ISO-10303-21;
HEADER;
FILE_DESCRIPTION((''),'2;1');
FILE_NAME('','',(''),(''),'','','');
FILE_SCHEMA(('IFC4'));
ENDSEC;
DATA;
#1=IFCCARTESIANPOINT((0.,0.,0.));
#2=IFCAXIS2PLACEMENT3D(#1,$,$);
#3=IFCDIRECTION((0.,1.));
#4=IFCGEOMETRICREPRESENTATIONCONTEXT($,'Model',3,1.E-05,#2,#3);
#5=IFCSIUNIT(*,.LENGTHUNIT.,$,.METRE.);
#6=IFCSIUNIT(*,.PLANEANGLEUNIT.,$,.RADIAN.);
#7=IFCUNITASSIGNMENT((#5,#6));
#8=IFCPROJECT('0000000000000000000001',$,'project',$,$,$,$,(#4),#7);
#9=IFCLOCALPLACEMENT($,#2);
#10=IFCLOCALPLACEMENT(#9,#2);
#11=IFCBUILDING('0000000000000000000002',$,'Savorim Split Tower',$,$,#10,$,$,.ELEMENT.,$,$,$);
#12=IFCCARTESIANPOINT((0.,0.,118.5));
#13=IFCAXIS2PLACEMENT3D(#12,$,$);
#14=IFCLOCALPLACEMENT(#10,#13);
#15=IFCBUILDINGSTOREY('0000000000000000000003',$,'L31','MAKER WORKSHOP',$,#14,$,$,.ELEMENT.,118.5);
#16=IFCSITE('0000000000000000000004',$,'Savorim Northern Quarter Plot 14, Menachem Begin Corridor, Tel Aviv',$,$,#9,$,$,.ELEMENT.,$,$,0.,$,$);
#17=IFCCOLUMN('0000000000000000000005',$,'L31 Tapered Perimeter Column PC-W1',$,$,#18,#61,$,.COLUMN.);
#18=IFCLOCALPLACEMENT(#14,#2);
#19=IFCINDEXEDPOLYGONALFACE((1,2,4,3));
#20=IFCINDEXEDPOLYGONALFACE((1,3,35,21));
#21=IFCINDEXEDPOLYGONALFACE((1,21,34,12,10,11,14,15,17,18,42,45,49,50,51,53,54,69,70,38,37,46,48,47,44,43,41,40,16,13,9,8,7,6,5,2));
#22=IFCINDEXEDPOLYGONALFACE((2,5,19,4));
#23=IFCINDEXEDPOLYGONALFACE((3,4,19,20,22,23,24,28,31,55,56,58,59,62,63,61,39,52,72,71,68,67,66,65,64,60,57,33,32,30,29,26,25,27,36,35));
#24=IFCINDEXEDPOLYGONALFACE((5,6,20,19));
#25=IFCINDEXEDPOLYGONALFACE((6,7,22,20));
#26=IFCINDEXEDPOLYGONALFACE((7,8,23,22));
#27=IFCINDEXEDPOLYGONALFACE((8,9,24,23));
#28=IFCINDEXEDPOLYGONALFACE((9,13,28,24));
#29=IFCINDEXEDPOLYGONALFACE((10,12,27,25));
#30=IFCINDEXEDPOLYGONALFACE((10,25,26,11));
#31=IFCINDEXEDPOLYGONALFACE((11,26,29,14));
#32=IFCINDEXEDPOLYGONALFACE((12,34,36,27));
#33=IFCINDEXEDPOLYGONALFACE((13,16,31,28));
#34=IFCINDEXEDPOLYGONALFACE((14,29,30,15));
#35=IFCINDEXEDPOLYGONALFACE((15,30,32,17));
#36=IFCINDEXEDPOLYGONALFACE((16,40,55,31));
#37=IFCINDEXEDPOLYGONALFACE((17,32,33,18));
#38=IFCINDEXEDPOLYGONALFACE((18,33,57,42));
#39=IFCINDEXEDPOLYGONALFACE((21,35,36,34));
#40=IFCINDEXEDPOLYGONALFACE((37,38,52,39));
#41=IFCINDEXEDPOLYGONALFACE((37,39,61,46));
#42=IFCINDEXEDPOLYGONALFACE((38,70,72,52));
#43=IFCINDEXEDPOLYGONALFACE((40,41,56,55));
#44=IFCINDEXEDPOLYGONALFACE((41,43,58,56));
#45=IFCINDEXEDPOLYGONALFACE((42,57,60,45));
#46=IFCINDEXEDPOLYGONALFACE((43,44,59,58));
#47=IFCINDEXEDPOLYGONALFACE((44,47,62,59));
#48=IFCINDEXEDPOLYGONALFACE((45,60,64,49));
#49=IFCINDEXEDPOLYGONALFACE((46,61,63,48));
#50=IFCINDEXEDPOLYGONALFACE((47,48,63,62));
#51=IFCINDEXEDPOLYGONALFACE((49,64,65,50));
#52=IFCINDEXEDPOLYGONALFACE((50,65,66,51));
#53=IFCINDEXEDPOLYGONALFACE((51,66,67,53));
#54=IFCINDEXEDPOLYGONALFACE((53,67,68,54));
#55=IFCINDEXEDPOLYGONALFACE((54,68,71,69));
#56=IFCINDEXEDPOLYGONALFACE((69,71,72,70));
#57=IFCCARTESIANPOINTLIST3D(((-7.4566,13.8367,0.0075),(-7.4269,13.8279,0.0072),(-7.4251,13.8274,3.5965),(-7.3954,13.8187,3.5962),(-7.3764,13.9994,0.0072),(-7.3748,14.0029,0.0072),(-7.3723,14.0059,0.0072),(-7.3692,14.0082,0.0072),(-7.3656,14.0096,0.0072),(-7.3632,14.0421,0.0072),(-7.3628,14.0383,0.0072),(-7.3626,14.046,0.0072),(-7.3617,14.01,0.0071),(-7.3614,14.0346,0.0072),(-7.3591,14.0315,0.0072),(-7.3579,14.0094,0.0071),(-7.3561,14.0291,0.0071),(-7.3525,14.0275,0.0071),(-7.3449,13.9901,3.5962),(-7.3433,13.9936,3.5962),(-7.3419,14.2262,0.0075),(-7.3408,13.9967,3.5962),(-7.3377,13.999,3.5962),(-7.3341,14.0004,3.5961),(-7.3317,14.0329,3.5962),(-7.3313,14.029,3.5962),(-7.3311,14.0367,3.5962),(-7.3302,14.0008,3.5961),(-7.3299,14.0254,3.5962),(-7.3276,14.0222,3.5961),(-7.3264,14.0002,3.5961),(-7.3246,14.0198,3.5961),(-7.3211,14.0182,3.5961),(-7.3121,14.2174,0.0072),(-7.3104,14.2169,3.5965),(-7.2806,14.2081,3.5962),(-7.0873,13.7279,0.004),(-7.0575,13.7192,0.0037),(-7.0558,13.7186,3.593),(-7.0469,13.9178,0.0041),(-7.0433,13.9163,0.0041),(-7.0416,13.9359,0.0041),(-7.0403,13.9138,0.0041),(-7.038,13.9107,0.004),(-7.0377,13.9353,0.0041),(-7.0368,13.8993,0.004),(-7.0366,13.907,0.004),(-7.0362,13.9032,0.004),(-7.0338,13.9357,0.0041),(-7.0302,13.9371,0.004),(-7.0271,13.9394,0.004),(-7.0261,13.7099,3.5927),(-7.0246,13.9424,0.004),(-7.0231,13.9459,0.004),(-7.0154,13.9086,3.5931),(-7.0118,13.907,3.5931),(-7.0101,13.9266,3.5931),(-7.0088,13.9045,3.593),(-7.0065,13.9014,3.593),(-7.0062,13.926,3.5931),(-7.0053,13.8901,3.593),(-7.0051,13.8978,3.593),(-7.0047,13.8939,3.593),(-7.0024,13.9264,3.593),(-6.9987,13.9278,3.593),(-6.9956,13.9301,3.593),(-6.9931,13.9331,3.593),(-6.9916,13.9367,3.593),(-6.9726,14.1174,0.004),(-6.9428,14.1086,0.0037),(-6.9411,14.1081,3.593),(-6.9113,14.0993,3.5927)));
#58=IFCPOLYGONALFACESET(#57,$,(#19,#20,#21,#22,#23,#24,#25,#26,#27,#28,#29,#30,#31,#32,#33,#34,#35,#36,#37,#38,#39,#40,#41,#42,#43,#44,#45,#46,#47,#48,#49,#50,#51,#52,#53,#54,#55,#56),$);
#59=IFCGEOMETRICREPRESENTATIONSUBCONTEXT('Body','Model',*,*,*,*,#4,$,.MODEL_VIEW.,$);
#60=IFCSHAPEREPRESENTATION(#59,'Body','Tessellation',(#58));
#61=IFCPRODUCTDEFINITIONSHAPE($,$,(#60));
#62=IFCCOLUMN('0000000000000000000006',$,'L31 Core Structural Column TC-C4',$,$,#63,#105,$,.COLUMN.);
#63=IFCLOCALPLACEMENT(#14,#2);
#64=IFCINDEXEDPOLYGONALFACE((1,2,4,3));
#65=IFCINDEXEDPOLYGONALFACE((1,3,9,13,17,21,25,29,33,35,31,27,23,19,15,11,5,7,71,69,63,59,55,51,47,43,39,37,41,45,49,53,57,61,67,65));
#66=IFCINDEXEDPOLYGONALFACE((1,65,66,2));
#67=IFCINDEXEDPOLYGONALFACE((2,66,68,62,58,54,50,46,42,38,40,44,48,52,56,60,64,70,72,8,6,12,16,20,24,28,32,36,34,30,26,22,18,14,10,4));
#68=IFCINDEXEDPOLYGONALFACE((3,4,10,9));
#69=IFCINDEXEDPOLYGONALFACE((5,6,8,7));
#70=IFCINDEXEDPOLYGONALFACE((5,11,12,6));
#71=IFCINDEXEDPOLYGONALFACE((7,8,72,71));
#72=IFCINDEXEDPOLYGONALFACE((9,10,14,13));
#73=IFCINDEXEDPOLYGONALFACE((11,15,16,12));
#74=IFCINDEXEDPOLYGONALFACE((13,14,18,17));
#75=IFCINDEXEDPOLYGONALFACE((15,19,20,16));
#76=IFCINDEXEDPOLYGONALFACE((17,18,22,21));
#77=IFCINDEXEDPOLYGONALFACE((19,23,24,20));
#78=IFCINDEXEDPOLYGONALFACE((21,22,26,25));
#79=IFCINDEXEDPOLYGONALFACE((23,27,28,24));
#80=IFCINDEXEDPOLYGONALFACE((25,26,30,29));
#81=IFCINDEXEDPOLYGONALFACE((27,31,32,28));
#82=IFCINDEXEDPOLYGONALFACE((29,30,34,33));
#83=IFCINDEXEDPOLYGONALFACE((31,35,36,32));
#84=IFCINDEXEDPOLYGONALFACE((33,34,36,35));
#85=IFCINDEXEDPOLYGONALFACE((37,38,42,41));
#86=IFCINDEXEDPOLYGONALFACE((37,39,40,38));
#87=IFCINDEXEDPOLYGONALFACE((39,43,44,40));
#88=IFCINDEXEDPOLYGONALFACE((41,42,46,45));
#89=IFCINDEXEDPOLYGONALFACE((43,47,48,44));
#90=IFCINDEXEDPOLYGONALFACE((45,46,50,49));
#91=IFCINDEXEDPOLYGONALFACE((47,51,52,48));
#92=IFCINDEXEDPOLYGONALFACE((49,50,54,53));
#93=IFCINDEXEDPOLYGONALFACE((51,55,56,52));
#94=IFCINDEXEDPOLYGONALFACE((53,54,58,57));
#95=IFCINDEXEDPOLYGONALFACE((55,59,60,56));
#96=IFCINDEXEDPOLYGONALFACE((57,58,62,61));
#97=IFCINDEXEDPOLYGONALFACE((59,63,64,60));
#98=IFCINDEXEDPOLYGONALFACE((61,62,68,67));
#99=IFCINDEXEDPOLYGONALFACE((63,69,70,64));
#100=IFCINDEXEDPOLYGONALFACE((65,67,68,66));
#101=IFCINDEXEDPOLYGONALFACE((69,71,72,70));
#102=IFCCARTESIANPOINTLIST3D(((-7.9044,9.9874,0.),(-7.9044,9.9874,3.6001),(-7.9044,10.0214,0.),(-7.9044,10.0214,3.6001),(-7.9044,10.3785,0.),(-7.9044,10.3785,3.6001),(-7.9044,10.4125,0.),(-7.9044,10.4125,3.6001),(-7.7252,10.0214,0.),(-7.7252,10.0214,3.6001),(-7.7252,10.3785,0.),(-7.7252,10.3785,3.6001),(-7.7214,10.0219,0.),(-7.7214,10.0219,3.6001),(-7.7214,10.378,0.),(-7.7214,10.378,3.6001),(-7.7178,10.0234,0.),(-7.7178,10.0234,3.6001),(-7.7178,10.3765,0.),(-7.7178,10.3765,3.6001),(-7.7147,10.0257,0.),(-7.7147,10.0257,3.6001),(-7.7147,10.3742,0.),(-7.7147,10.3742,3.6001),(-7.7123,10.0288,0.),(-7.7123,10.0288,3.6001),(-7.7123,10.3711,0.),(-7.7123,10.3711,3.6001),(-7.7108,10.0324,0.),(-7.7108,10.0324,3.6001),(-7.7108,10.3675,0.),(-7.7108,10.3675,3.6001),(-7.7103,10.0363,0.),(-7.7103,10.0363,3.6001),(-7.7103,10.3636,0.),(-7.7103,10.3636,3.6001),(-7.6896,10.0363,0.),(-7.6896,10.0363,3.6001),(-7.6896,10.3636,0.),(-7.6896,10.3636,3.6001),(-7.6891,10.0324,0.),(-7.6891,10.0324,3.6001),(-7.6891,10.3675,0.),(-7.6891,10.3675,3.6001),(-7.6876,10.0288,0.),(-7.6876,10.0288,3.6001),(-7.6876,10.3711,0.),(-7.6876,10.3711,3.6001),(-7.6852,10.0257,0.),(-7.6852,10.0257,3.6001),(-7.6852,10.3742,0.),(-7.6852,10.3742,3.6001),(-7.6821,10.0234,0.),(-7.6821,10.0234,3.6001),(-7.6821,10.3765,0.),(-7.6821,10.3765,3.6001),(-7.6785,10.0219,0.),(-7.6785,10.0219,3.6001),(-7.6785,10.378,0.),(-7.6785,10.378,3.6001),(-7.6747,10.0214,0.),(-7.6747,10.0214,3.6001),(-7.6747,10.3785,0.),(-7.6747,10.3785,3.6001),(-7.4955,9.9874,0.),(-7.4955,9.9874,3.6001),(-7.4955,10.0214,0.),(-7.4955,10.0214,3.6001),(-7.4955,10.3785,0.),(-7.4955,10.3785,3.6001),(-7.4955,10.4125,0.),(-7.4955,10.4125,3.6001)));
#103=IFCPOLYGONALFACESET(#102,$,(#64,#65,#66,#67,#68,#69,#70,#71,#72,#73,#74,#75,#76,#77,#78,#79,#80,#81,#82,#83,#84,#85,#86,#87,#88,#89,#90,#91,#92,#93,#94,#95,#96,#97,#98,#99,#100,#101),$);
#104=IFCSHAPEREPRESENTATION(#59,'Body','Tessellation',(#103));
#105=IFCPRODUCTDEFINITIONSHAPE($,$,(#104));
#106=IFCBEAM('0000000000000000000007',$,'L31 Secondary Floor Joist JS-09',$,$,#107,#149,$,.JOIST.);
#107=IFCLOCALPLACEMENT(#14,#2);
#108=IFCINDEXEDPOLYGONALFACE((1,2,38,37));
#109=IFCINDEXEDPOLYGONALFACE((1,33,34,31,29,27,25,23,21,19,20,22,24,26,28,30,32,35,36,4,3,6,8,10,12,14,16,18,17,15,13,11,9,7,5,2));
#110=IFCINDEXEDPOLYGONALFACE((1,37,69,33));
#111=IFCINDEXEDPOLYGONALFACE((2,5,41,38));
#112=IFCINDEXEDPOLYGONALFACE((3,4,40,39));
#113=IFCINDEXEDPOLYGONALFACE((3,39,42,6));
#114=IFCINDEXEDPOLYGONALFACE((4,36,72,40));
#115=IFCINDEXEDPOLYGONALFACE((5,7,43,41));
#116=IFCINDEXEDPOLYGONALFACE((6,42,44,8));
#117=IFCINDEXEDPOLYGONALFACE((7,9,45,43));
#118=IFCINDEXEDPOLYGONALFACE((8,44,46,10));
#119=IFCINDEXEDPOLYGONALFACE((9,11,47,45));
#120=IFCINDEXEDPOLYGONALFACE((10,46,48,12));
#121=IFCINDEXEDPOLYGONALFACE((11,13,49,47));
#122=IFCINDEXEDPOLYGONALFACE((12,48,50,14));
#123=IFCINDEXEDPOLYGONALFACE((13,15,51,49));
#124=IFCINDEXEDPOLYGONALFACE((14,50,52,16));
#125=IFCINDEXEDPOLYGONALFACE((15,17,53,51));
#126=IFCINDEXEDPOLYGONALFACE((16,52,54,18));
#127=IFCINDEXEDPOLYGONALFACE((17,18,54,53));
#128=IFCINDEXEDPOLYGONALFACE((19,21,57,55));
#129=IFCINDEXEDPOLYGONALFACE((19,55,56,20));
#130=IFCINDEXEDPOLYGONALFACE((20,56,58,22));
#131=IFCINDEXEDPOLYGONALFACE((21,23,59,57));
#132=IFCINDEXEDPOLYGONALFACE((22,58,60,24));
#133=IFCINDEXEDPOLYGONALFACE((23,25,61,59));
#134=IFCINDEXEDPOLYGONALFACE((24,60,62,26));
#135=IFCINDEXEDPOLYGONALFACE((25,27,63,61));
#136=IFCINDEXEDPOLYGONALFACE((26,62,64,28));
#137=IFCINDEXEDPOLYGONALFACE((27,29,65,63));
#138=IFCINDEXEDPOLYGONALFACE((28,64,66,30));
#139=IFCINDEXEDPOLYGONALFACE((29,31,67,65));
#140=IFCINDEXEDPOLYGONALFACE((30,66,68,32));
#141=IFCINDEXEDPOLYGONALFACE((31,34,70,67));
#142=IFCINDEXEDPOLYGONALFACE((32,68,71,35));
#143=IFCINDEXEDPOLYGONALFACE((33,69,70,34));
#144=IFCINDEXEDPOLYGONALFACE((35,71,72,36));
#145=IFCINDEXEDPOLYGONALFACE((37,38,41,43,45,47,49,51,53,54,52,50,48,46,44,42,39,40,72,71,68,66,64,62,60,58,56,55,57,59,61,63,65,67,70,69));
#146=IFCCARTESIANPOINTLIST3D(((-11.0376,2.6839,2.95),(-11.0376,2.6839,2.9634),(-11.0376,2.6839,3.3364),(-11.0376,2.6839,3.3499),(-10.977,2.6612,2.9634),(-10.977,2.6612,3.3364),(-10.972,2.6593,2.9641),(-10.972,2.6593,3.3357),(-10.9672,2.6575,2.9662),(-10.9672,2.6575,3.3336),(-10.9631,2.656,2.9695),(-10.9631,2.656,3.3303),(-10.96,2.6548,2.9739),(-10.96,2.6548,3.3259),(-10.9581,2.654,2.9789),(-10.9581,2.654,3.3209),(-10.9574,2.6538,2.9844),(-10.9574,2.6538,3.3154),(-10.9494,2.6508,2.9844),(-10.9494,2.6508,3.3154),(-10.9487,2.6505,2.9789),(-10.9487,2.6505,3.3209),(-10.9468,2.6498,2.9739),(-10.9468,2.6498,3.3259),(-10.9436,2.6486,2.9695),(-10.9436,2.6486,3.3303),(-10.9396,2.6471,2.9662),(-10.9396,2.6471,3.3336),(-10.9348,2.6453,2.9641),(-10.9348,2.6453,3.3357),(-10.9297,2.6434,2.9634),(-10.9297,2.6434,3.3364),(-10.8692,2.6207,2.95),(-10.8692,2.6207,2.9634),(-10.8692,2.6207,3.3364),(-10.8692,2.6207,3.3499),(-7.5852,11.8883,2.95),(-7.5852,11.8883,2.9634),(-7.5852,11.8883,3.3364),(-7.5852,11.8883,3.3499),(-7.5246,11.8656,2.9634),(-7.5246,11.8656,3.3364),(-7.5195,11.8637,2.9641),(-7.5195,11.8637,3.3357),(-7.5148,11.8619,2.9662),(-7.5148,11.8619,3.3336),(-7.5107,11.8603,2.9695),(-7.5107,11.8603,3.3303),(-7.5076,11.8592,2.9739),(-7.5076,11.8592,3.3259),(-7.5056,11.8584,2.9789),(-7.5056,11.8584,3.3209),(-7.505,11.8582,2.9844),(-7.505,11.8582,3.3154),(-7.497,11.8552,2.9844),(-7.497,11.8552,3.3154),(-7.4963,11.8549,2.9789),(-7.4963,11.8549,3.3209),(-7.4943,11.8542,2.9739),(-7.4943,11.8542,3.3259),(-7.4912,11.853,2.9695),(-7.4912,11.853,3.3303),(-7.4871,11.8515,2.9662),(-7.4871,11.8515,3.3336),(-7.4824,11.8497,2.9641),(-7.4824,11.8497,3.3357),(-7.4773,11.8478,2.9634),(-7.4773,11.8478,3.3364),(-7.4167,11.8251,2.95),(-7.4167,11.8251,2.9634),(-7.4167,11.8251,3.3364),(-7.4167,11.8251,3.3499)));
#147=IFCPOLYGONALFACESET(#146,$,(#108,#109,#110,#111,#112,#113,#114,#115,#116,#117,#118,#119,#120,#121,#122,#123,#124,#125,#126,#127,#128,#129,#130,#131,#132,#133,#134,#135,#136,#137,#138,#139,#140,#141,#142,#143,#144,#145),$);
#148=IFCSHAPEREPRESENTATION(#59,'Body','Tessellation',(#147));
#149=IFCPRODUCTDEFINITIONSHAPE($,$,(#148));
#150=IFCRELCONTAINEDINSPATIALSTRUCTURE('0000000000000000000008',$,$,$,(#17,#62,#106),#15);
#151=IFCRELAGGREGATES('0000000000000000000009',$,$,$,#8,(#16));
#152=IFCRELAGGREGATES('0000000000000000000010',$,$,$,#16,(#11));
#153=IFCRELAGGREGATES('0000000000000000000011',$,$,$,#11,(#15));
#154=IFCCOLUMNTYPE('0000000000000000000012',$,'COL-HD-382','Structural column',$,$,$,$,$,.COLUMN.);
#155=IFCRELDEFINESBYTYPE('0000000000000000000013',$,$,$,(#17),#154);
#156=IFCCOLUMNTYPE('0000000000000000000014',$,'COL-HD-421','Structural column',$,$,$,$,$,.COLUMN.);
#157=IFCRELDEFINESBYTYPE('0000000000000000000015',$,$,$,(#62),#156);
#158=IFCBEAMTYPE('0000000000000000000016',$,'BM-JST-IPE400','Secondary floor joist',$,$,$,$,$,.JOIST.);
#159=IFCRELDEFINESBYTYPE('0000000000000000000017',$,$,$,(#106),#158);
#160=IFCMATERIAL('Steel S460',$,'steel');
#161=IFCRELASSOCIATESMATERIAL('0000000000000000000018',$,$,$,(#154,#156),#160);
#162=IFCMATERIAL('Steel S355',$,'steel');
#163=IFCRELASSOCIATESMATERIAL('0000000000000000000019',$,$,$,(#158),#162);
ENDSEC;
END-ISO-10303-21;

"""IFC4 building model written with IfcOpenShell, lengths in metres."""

from ifc_helpers import new_model, si_unit, direction, frame, origin, origin_2d, place, context, subcontext, project, spatial, i_section, extrude, material, material_profile, profile_set, type_object, element, save


model = new_model("IFC4")

# Units and contexts
model_context = context("Model", 3, precision=1e-05, world=origin(), true_north=direction((0.0, 1.0)))
body_context = subcontext(model_context, "Body", "Model", "MODEL_VIEW")
ifc_project = project(units=[si_unit("LENGTHUNIT", "METRE"), si_unit("PLANEANGLEUNIT", "RADIAN")], contexts=[model_context])

# Site, building, storey
site_placement = place(None, origin())
site = spatial("IfcSite", under=ifc_project, at=site_placement, Name="Savorim Northern Quarter Plot 14, Menachem Begin Corridor, Tel Aviv", CompositionType="ELEMENT", RefElevation=0.0)
building_placement = place(site_placement, origin())
building = spatial("IfcBuilding", under=site, at=building_placement, Name="Savorim Split Tower", CompositionType="ELEMENT")
storey_placement = place(building_placement, frame((0.0, 0.0, 118.5)))
storey = spatial("IfcBuildingStorey", under=building, at=storey_placement, Name="L31", Description="MAKER WORKSHOP", CompositionType="ELEMENT", Elevation=118.5)

# Columns
ifc_material_1 = material(Name="Steel S460", Category="steel")
ifc_material_profile_1 = material_profile(ifc_material_1, i_section(OverallWidth=0.406, OverallDepth=0.416, WebThickness=0.0188, FlangeThickness=0.031, FilletRadius=0.0149, at=origin_2d()), Name="HD 400x382")
ifc_profile_set_1 = profile_set([ifc_material_profile_1], Name="Steel S460")
column_type_1 = type_object("IfcColumnType", Name="COL-HD-382", Description="Structural column", PredefinedType="COLUMN", material=ifc_profile_set_1)
column_1_placement = place(storey_placement, frame((-7.1997, 13.9727, 0.0056), z_axis=(0.008775, -0.002585, 0.999958), x_axis=(0.282569, 0.959247, 0.0)))
element("IfcColumn", 1, at=column_1_placement, inside=storey, type_object=column_type_1, Name="L31 Tapered Perimeter Column PC-W1", PredefinedType="COLUMN", context=body_context, shape_type="SweptSolid", body=[
    extrude(i_section(OverallWidth=0.406, OverallDepth=0.416, WebThickness=0.0188, FlangeThickness=0.031, FilletRadius=0.0149, at=origin_2d()), origin(), (0.0, 0.0, 1.0), 3.5891),
])
ifc_material_profile_2 = material_profile(ifc_material_1, i_section(OverallWidth=0.4089, OverallDepth=0.425, WebThickness=0.0208, FlangeThickness=0.0339, FilletRadius=0.0149, at=origin_2d()), Name="HD 400x421")
ifc_profile_set_2 = profile_set([ifc_material_profile_2], Name="Steel S460")
column_type_2 = type_object("IfcColumnType", Name="COL-HD-421", Description="Structural column", PredefinedType="COLUMN", material=ifc_profile_set_2)
column_2_placement = place(storey_placement, frame((-7.7, 10.2, 0.0), z_axis=(0.0, 0.0, 1.0), x_axis=(1.0, 0.0, 0.0)))
element("IfcColumn", 2, at=column_2_placement, inside=storey, type_object=column_type_2, Name="L31 Core Structural Column TC-C4", PredefinedType="COLUMN", context=body_context, shape_type="SweptSolid", body=[
    extrude(i_section(OverallWidth=0.4089, OverallDepth=0.425, WebThickness=0.0208, FlangeThickness=0.0339, FilletRadius=0.0149, at=origin_2d()), origin(), (0.0, 0.0, 1.0), 3.6001),
])

# Beam
ifc_material_2 = material(Name="Steel S355", Category="steel")
ifc_material_profile_3 = material_profile(ifc_material_2, i_section(OverallWidth=0.1799, OverallDepth=0.3999, WebThickness=0.0085, FlangeThickness=0.0134, FilletRadius=0.021, at=origin_2d()), Name="IPE 400")
ifc_profile_set_3 = profile_set([ifc_material_profile_3], Name="Steel S355")
beam_type_1 = type_object("IfcBeamType", Name="BM-JST-IPE400", Description="Secondary floor joist", PredefinedType="JOIST", material=ifc_profile_set_3)
beam_1_placement = place(storey_placement, frame((-7.501, 11.8567, 3.1499), z_axis=(-0.351191, -0.936304, 0.0), x_axis=(0.936304, -0.351191, 0.0)))
element("IfcBeam", 3, at=beam_1_placement, inside=storey, type_object=beam_type_1, Name="L31 Secondary Floor Joist JS-09", PredefinedType="JOIST", context=body_context, shape_type="SweptSolid", body=[
    extrude(i_section(OverallWidth=0.1799, OverallDepth=0.3999, WebThickness=0.0085, FlangeThickness=0.0134, FilletRadius=0.021, at=origin_2d()), origin(), (0.0, 0.0, 1.0), 9.8306),
])

save(model, "model.ifc")
